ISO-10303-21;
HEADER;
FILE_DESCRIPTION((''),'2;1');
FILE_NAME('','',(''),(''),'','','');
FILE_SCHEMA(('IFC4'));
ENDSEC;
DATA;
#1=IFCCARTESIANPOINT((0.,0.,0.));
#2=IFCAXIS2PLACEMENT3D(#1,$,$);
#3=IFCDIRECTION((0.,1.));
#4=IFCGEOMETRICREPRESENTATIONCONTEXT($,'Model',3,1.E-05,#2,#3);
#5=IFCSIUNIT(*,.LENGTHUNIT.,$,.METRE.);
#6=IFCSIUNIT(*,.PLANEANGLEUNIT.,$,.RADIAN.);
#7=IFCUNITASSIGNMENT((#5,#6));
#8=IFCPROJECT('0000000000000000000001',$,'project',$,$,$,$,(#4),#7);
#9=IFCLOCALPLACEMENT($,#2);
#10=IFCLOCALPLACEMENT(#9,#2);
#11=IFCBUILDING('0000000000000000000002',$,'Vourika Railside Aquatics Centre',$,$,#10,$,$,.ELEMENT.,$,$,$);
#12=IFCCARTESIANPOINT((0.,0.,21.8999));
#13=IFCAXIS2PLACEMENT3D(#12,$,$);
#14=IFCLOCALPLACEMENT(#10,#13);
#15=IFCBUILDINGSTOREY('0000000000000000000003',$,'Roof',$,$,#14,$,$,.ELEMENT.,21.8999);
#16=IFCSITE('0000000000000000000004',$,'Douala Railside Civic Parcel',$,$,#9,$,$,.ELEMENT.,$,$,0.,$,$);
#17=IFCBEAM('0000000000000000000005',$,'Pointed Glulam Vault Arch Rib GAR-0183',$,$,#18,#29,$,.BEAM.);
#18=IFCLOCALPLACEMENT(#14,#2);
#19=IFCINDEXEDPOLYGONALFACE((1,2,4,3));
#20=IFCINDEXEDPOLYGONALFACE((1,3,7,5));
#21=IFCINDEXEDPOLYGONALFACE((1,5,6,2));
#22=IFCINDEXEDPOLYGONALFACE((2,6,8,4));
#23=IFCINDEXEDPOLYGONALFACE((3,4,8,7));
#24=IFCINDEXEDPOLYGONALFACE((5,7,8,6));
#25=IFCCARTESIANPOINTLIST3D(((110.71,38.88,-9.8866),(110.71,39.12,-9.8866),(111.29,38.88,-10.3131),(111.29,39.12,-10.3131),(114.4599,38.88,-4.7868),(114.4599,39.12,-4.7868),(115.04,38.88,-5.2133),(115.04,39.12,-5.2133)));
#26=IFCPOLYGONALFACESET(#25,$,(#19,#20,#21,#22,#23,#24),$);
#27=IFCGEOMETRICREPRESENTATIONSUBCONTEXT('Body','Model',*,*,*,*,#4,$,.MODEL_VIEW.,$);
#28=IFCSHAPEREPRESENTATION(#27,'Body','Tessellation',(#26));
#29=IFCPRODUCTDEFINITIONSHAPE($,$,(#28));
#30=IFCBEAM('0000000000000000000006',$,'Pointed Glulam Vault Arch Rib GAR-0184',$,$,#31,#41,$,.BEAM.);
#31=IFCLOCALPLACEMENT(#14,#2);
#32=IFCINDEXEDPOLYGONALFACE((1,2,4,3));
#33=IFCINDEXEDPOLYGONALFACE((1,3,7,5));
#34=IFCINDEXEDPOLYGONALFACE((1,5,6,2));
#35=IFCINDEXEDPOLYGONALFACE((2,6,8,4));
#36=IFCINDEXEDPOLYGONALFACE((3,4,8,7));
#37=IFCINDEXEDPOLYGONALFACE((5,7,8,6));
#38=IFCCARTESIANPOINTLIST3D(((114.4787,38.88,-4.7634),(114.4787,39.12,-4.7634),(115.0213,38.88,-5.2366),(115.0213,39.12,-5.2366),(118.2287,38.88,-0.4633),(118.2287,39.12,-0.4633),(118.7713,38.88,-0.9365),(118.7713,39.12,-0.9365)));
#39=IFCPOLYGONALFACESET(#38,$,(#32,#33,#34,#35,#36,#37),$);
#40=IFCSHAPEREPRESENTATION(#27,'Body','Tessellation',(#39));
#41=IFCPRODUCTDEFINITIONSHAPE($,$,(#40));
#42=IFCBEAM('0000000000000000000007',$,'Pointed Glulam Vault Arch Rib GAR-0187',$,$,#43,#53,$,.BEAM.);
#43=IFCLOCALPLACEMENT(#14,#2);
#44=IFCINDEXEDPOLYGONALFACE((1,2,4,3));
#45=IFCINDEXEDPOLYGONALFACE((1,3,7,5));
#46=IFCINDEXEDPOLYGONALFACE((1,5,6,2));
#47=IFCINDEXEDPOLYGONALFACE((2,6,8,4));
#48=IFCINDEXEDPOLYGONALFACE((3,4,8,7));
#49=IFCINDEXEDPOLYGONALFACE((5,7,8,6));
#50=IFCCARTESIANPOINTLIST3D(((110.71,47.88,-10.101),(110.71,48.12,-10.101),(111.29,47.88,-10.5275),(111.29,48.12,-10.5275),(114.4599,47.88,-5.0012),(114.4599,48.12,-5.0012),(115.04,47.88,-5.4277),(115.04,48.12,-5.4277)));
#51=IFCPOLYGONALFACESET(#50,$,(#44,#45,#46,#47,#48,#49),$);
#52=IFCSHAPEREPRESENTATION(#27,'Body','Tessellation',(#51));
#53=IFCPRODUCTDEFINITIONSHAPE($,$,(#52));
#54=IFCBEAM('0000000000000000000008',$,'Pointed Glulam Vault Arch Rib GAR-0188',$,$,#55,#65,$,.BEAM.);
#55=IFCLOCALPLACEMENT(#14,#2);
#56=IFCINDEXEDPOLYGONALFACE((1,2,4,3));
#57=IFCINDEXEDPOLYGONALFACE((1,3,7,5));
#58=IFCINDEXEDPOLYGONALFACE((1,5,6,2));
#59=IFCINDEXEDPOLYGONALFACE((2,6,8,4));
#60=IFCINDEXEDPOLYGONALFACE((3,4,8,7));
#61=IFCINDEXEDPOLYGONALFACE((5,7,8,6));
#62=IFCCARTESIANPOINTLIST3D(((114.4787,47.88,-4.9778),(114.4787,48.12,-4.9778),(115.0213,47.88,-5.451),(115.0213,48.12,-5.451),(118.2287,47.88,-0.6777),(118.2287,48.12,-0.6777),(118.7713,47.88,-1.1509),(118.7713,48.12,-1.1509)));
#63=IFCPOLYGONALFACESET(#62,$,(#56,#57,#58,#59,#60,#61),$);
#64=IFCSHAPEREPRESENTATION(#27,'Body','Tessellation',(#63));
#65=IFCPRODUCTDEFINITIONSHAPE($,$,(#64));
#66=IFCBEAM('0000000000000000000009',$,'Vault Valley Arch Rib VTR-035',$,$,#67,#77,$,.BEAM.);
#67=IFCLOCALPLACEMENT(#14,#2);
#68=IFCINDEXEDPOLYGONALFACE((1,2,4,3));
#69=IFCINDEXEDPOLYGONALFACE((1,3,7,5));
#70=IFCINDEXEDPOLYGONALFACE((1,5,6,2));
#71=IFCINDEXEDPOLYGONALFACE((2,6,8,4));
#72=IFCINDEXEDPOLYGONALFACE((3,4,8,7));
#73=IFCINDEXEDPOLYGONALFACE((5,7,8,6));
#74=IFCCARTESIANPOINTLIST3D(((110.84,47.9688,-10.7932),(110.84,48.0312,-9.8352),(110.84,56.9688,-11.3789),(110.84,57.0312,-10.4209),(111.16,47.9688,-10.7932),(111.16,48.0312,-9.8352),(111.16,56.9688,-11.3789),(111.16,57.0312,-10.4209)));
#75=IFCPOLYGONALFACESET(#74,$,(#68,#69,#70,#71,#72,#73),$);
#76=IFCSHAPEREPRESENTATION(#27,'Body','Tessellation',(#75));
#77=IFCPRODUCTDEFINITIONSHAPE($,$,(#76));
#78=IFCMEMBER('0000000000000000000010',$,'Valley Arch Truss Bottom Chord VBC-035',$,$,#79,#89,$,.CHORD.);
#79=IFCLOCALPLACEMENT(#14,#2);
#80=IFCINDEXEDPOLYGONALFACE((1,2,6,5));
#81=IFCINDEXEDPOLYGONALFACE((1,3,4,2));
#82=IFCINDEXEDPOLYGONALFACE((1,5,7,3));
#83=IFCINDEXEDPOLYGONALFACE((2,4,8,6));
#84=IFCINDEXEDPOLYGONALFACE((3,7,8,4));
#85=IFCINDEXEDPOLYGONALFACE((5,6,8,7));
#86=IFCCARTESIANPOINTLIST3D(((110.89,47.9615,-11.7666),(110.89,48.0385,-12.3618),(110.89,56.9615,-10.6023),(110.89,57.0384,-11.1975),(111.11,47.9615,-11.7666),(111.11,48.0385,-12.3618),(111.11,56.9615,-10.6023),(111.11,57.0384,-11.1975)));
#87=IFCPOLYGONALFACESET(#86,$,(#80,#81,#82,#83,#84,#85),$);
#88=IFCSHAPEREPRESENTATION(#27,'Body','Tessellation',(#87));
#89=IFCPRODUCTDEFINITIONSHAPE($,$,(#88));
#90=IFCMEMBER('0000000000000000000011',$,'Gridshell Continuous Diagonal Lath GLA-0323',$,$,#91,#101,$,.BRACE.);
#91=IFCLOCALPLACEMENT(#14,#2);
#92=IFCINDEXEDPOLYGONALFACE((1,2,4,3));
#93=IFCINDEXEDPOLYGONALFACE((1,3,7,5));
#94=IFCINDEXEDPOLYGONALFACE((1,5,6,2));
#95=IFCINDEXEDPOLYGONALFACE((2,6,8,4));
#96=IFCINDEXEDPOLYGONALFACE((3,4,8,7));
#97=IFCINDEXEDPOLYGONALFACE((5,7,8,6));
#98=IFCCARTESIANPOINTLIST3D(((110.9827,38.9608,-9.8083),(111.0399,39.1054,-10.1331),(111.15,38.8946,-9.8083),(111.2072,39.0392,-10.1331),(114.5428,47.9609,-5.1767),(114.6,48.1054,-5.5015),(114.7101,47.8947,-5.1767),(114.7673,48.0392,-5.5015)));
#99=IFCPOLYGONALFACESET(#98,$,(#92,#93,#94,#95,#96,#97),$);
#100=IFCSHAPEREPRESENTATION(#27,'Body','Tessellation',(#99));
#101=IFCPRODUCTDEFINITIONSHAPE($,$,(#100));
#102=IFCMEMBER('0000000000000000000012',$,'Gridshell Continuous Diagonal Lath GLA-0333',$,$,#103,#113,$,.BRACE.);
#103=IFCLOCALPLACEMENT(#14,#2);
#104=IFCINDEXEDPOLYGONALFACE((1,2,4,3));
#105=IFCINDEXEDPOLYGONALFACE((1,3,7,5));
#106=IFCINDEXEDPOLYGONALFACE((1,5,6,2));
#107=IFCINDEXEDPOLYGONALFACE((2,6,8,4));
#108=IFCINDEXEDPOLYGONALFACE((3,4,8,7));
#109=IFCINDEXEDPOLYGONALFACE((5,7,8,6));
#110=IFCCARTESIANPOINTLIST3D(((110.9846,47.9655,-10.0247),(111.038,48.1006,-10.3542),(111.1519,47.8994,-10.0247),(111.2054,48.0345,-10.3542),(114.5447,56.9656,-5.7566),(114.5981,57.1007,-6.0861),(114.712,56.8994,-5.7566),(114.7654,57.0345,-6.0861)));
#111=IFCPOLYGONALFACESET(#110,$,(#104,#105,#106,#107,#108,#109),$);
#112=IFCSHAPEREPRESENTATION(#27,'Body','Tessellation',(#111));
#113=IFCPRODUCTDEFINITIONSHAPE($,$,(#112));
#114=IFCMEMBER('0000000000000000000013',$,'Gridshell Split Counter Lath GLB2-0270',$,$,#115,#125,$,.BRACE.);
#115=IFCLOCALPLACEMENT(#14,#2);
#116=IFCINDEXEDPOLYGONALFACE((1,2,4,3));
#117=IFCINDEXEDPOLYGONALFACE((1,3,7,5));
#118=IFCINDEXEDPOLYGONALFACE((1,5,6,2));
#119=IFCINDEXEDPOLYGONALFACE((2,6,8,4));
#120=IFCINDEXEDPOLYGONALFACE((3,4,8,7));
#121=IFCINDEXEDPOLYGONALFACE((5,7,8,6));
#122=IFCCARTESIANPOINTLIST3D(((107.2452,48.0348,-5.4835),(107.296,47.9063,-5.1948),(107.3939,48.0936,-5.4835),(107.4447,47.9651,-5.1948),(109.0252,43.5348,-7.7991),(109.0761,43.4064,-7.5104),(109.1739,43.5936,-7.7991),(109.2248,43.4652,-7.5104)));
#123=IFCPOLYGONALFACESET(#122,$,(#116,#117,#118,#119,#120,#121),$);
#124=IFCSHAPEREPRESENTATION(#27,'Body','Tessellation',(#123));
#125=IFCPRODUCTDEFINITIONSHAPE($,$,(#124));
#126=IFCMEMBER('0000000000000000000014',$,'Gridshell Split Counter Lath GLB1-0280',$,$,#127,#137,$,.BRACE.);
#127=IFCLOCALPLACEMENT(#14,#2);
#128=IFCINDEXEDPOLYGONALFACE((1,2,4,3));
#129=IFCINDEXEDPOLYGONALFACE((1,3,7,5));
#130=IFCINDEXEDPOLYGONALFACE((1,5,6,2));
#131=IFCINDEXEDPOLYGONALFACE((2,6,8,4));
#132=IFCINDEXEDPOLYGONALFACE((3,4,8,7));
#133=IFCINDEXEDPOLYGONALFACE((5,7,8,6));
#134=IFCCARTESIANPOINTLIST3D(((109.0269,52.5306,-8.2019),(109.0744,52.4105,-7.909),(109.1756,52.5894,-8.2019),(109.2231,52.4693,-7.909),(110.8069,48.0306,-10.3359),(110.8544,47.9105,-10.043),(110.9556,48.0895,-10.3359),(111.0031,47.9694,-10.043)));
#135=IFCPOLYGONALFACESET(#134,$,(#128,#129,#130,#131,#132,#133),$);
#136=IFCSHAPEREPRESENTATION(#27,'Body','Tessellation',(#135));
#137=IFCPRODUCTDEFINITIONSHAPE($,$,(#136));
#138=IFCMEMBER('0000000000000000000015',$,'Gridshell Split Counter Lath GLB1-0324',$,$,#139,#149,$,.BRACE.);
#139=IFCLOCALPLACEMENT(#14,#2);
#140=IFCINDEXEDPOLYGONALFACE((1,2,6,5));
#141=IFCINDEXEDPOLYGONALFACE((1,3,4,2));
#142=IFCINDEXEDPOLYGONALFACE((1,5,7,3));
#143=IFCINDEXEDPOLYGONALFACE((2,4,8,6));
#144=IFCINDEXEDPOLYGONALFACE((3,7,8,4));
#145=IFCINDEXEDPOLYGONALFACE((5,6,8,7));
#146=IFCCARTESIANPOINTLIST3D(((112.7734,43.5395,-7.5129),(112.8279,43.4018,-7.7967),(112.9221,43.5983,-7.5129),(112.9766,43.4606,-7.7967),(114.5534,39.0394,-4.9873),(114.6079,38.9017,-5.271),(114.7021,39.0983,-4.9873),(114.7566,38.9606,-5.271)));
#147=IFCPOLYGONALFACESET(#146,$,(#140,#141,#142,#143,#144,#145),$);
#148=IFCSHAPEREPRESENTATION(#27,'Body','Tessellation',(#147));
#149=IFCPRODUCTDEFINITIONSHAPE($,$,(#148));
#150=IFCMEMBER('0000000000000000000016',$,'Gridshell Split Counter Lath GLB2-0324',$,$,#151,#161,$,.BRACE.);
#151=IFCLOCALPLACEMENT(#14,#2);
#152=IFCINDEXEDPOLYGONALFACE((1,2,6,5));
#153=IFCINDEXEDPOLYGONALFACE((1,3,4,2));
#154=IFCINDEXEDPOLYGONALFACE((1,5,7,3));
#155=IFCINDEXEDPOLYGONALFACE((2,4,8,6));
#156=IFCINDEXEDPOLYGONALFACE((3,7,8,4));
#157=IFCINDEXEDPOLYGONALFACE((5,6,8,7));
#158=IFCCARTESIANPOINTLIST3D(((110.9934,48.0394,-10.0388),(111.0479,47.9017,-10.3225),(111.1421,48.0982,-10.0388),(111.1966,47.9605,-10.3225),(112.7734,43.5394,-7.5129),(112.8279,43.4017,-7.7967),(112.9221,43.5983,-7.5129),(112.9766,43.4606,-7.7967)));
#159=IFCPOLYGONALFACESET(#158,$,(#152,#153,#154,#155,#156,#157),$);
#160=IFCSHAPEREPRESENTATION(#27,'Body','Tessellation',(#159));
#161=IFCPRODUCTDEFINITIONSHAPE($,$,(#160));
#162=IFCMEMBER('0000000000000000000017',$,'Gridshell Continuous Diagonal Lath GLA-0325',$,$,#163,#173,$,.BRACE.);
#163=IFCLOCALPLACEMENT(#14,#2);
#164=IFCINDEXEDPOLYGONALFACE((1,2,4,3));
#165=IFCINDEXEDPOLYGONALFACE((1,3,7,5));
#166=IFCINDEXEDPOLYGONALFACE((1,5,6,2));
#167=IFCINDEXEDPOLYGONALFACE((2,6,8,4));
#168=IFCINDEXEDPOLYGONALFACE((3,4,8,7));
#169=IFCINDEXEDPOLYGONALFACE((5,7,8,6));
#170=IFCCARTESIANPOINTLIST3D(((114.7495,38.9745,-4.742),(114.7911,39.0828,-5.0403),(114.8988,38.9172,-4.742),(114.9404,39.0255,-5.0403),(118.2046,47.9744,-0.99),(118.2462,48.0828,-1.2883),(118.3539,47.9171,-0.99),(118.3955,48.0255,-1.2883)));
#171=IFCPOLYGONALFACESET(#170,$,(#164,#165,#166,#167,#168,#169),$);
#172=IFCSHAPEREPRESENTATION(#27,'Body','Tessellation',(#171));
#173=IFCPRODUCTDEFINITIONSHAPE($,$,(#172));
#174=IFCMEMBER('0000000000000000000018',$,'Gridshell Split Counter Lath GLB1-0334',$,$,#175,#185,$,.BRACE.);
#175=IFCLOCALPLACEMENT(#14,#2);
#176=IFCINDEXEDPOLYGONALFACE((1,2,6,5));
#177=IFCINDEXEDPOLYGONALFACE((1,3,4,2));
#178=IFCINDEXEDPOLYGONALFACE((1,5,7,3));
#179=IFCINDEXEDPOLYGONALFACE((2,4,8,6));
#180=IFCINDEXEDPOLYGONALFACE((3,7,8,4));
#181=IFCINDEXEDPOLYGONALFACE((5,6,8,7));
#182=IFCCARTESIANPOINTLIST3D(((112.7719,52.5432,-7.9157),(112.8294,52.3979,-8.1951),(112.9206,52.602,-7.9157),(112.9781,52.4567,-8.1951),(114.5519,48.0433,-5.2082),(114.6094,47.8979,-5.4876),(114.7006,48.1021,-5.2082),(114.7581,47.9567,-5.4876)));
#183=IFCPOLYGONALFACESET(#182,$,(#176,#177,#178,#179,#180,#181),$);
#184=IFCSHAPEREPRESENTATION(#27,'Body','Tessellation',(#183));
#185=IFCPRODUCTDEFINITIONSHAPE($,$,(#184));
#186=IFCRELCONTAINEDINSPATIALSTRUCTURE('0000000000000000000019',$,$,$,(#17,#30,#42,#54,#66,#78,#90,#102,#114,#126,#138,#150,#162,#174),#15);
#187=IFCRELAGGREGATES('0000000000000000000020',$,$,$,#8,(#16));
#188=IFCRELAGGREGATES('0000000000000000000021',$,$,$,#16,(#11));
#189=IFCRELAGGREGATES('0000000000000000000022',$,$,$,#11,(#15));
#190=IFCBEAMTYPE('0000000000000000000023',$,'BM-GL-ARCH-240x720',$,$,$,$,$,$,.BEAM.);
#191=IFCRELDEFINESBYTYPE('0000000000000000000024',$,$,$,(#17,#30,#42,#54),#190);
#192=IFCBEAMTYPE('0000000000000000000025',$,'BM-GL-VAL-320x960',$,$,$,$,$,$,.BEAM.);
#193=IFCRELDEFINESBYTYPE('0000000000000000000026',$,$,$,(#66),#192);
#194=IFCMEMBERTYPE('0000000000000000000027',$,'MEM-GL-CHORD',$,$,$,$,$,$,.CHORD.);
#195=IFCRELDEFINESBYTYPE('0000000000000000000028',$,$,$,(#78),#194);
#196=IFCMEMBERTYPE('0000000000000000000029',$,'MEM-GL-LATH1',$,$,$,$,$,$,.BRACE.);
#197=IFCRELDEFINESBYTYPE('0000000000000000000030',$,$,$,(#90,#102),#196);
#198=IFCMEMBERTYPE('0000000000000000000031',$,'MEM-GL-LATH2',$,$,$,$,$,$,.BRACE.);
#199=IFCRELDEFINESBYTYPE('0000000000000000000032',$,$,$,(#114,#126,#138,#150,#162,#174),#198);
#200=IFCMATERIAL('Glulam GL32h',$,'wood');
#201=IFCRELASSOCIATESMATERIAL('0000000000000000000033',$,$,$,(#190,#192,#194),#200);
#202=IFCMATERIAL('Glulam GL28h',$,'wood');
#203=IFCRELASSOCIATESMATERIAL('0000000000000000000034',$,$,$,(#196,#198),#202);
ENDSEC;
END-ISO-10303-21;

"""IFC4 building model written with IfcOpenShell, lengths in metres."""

from ifc_helpers import new_model, si_unit, direction, frame, origin, origin_2d, place, context, subcontext, project, spatial, rectangle, extrude, material, material_profile, profile_set, type_object, element, save


model = new_model("IFC4")

# Units and contexts
model_context = context("Model", 3, precision=1e-05, world=origin(), true_north=direction((0.0, 1.0)))
body_context = subcontext(model_context, "Body", "Model", "MODEL_VIEW")
ifc_project = project(units=[si_unit("LENGTHUNIT", "METRE"), si_unit("PLANEANGLEUNIT", "RADIAN")], contexts=[model_context])

# Site, building, storey
site_placement = place(None, origin())
site = spatial("IfcSite", under=ifc_project, at=site_placement, Name="Douala Railside Civic Parcel", CompositionType="ELEMENT", RefElevation=0.0)
building_placement = place(site_placement, origin())
building = spatial("IfcBuilding", under=site, at=building_placement, Name="Vourika Railside Aquatics Centre", CompositionType="ELEMENT")
storey_placement = place(building_placement, frame((0.0, 0.0, 21.8999)))
storey = spatial("IfcBuildingStorey", under=building, at=storey_placement, Name="Roof", CompositionType="ELEMENT", Elevation=21.8999)

# Beams
ifc_material_1 = material(Name="Glulam GL32h", Category="wood")
ifc_material_profile_1 = material_profile(ifc_material_1, rectangle(XDim=0.24, YDim=0.72, at=origin_2d()), Name="GL32h 240x720")
ifc_profile_set_1 = profile_set([ifc_material_profile_1], Name="Glulam GL32h")
beam_type_1 = type_object("IfcBeamType", Name="BM-GL-ARCH-240x720", PredefinedType="BEAM", material=ifc_profile_set_1)
beam_1_placement = place(storey_placement, frame((111.0, 39.0, -10.0999), z_axis=(0.592401, 0.0, 0.805643), x_axis=(0.0, 1.0, 0.0)))
element("IfcBeam", 1, at=beam_1_placement, inside=storey, type_object=beam_type_1, Name="Pointed Glulam Vault Arch Rib GAR-0183", PredefinedType="BEAM", context=body_context, shape_type="SweptSolid", body=[
    extrude(rectangle(XDim=0.24, YDim=0.72, at=origin_2d()), origin(), (0.0, 0.0, 1.0), 6.3301),
])
beam_2_placement = place(storey_placement, frame((114.75, 39.0, -5.0), z_axis=(0.657259, 0.0, 0.753665), x_axis=(0.0, 1.0, 0.0)))
element("IfcBeam", 2, at=beam_2_placement, inside=storey, type_object=beam_type_1, Name="Pointed Glulam Vault Arch Rib GAR-0184", PredefinedType="BEAM", context=body_context, shape_type="SweptSolid", body=[
    extrude(rectangle(XDim=0.24, YDim=0.72, at=origin_2d()), origin(), (0.0, 0.0, 1.0), 5.7056),
])
beam_3_placement = place(storey_placement, frame((111.0, 48.0, -10.3142), z_axis=(0.592401, 0.0, 0.805643), x_axis=(0.0, 1.0, 0.0)))
element("IfcBeam", 3, at=beam_3_placement, inside=storey, type_object=beam_type_1, Name="Pointed Glulam Vault Arch Rib GAR-0187", PredefinedType="BEAM", context=body_context, shape_type="SweptSolid", body=[
    extrude(rectangle(XDim=0.24, YDim=0.72, at=origin_2d()), origin(), (0.0, 0.0, 1.0), 6.3301),
])
beam_4_placement = place(storey_placement, frame((114.75, 48.0, -5.2144), z_axis=(0.657259, 0.0, 0.753665), x_axis=(0.0, 1.0, 0.0)))
element("IfcBeam", 4, at=beam_4_placement, inside=storey, type_object=beam_type_1, Name="Pointed Glulam Vault Arch Rib GAR-0188", PredefinedType="BEAM", context=body_context, shape_type="SweptSolid", body=[
    extrude(rectangle(XDim=0.24, YDim=0.72, at=origin_2d()), origin(), (0.0, 0.0, 1.0), 5.7056),
])
ifc_material_profile_2 = material_profile(ifc_material_1, rectangle(XDim=0.3201, YDim=0.96, at=origin_2d()), Name="GL32h 320x960")
ifc_profile_set_2 = profile_set([ifc_material_profile_2], Name="Glulam GL32h")
beam_type_2 = type_object("IfcBeamType", Name="BM-GL-VAL-320x960", PredefinedType="BEAM", material=ifc_profile_set_2)
beam_5_placement = place(storey_placement, frame((111.0, 48.0, -10.3142), z_axis=(0.0, 0.997889, -0.06494), x_axis=(-1.0, 0.0, 0.0)))
element("IfcBeam", 5, at=beam_5_placement, inside=storey, type_object=beam_type_2, Name="Vault Valley Arch Rib VTR-035", PredefinedType="BEAM", context=body_context, shape_type="SweptSolid", body=[
    extrude(rectangle(XDim=0.3201, YDim=0.96, at=origin_2d()), origin(), (0.0, 0.0, 1.0), 9.019),
])

# Members
ifc_material_profile_3 = material_profile(ifc_material_1, rectangle(XDim=0.22, YDim=0.6001, at=origin_2d()), Name="GL32h 220x600")
ifc_profile_set_3 = profile_set([ifc_material_profile_3], Name="Glulam GL32h")
member_type_1 = type_object("IfcMemberType", Name="MEM-GL-CHORD", PredefinedType="CHORD", material=ifc_profile_set_3)
member_1_placement = place(storey_placement, frame((111.0, 48.0, -12.0642), z_axis=(0.0, 0.991736, 0.128298), x_axis=(-1.0, 0.0, 0.0)))
element("IfcMember", 6, at=member_1_placement, inside=storey, type_object=member_type_1, Name="Valley Arch Truss Bottom Chord VBC-035", PredefinedType="CHORD", context=body_context, shape_type="SweptSolid", body=[
    extrude(rectangle(XDim=0.22, YDim=0.6001, at=origin_2d()), origin(), (0.0, 0.0, 1.0), 9.075),
])
ifc_material_2 = material(Name="Glulam GL28h", Category="wood")
ifc_material_profile_4 = material_profile(ifc_material_2, rectangle(XDim=0.1799, YDim=0.3601, at=origin_2d()), Name="GL28h 180x360")
ifc_profile_set_4 = profile_set([ifc_material_profile_4], Name="Glulam GL28h")
member_type_2 = type_object("IfcMemberType", Name="MEM-GL-LATH1", PredefinedType="BRACE", material=ifc_profile_set_4)
member_2_placement = place(storey_placement, frame((111.095, 39.0, -9.9707), z_axis=(0.331796, 0.838796, 0.431662), x_axis=(-0.929893, 0.36783, 0.0)))
element("IfcMember", 7, at=member_2_placement, inside=storey, type_object=member_type_2, Name="Gridshell Continuous Diagonal Lath GLA-0323", PredefinedType="BRACE", context=body_context, shape_type="SweptSolid", body=[
    extrude(rectangle(XDim=0.1799, YDim=0.3601, at=origin_2d()), origin(), (0.0, 0.0, 1.0), 10.7297),
])
member_3_placement = place(storey_placement, frame((111.095, 48.0, -10.1895), z_axis=(0.336559, 0.850836, 0.403492), x_axis=(-0.929893, 0.36783, 0.0)))
element("IfcMember", 8, at=member_3_placement, inside=storey, type_object=member_type_2, Name="Gridshell Continuous Diagonal Lath GLA-0333", PredefinedType="BRACE", context=body_context, shape_type="SweptSolid", body=[
    extrude(rectangle(XDim=0.1799, YDim=0.3601, at=origin_2d()), origin(), (0.0, 0.0, 1.0), 10.5779),
])
ifc_material_profile_5 = material_profile(ifc_material_2, rectangle(XDim=0.1599, YDim=0.3201, at=origin_2d()), Name="GL28h 160x320")
ifc_profile_set_5 = profile_set([ifc_material_profile_5], Name="Glulam GL28h")
member_type_3 = type_object("IfcMemberType", Name="MEM-GL-LATH2", PredefinedType="BRACE", material=ifc_profile_set_5)
member_4_placement = place(storey_placement, frame((109.125, 43.5, -7.6548), z_axis=(-0.331799, 0.838804, 0.431644), x_axis=(-0.929893, -0.36783, 0.0)))
element("IfcMember", 9, at=member_4_placement, inside=storey, type_object=member_type_3, Name="Gridshell Split Counter Lath GLB2-0270", PredefinedType="BRACE", context=body_context, shape_type="SweptSolid", body=[
    extrude(rectangle(XDim=0.1599, YDim=0.3201, at=origin_2d()), origin(), (0.0, 0.0, 1.0), 5.3647),
])
member_5_placement = place(storey_placement, frame((110.905, 48.0, -10.1895), z_axis=(-0.336559, 0.850836, 0.403492), x_axis=(-0.929893, -0.36783, 0.0)))
element("IfcMember", 10, at=member_5_placement, inside=storey, type_object=member_type_3, Name="Gridshell Split Counter Lath GLB1-0280", PredefinedType="BRACE", context=body_context, shape_type="SweptSolid", body=[
    extrude(rectangle(XDim=0.1599, YDim=0.3201, at=origin_2d()), origin(), (0.0, 0.0, 1.0), 5.2888),
])
for number, where, z_axis, x_axis, name in (
    (11, (114.655, 39.0, -5.1292), (-0.326091, 0.824373, -0.462681), (-0.929893, -0.36783, 0.0), "Gridshell Split Counter Lath GLB1-0324"),
    (12, (112.875, 43.5, -7.6548), (-0.326084, 0.824356, -0.462716), (-0.929893, -0.36783, 0.0), "Gridshell Split Counter Lath GLB2-0324"),
):
    element("IfcMember", number, at=place(storey_placement, frame(where, z_axis=z_axis, x_axis=x_axis)), inside=storey, type_object=member_type_3, Name=name, PredefinedType="BRACE", context=body_context, shape_type="SweptSolid", body=[
        extrude(rectangle(XDim=0.1599, YDim=0.3201, at=origin_2d()), origin(), (0.0, 0.0, 1.0), 5.4587),
    ])
member_6_placement = place(storey_placement, frame((114.845, 39.0, -4.8911), z_axis=(0.333992, 0.870003, 0.36269), x_axis=(-0.93357, 0.358395, 0.0)))
element("IfcMember", 13, at=member_6_placement, inside=storey, type_object=member_type_3, Name="Gridshell Continuous Diagonal Lath GLA-0325", PredefinedType="BRACE", context=body_context, shape_type="SweptSolid", body=[
    extrude(rectangle(XDim=0.1599, YDim=0.3201, at=origin_2d()), origin(), (0.0, 0.0, 1.0), 10.3447),
])
member_7_placement = place(storey_placement, frame((114.655, 48.0, -5.3479), z_axis=(-0.321004, 0.811514, -0.488264), x_axis=(-0.929893, -0.36783, 0.0)))
element("IfcMember", 14, at=member_7_placement, inside=storey, type_object=member_type_3, Name="Gridshell Split Counter Lath GLB1-0334", PredefinedType="BRACE", context=body_context, shape_type="SweptSolid", body=[
    extrude(rectangle(XDim=0.1599, YDim=0.3201, at=origin_2d()), origin(), (0.0, 0.0, 1.0), 5.5452),
])

save(model, "model.ifc")
